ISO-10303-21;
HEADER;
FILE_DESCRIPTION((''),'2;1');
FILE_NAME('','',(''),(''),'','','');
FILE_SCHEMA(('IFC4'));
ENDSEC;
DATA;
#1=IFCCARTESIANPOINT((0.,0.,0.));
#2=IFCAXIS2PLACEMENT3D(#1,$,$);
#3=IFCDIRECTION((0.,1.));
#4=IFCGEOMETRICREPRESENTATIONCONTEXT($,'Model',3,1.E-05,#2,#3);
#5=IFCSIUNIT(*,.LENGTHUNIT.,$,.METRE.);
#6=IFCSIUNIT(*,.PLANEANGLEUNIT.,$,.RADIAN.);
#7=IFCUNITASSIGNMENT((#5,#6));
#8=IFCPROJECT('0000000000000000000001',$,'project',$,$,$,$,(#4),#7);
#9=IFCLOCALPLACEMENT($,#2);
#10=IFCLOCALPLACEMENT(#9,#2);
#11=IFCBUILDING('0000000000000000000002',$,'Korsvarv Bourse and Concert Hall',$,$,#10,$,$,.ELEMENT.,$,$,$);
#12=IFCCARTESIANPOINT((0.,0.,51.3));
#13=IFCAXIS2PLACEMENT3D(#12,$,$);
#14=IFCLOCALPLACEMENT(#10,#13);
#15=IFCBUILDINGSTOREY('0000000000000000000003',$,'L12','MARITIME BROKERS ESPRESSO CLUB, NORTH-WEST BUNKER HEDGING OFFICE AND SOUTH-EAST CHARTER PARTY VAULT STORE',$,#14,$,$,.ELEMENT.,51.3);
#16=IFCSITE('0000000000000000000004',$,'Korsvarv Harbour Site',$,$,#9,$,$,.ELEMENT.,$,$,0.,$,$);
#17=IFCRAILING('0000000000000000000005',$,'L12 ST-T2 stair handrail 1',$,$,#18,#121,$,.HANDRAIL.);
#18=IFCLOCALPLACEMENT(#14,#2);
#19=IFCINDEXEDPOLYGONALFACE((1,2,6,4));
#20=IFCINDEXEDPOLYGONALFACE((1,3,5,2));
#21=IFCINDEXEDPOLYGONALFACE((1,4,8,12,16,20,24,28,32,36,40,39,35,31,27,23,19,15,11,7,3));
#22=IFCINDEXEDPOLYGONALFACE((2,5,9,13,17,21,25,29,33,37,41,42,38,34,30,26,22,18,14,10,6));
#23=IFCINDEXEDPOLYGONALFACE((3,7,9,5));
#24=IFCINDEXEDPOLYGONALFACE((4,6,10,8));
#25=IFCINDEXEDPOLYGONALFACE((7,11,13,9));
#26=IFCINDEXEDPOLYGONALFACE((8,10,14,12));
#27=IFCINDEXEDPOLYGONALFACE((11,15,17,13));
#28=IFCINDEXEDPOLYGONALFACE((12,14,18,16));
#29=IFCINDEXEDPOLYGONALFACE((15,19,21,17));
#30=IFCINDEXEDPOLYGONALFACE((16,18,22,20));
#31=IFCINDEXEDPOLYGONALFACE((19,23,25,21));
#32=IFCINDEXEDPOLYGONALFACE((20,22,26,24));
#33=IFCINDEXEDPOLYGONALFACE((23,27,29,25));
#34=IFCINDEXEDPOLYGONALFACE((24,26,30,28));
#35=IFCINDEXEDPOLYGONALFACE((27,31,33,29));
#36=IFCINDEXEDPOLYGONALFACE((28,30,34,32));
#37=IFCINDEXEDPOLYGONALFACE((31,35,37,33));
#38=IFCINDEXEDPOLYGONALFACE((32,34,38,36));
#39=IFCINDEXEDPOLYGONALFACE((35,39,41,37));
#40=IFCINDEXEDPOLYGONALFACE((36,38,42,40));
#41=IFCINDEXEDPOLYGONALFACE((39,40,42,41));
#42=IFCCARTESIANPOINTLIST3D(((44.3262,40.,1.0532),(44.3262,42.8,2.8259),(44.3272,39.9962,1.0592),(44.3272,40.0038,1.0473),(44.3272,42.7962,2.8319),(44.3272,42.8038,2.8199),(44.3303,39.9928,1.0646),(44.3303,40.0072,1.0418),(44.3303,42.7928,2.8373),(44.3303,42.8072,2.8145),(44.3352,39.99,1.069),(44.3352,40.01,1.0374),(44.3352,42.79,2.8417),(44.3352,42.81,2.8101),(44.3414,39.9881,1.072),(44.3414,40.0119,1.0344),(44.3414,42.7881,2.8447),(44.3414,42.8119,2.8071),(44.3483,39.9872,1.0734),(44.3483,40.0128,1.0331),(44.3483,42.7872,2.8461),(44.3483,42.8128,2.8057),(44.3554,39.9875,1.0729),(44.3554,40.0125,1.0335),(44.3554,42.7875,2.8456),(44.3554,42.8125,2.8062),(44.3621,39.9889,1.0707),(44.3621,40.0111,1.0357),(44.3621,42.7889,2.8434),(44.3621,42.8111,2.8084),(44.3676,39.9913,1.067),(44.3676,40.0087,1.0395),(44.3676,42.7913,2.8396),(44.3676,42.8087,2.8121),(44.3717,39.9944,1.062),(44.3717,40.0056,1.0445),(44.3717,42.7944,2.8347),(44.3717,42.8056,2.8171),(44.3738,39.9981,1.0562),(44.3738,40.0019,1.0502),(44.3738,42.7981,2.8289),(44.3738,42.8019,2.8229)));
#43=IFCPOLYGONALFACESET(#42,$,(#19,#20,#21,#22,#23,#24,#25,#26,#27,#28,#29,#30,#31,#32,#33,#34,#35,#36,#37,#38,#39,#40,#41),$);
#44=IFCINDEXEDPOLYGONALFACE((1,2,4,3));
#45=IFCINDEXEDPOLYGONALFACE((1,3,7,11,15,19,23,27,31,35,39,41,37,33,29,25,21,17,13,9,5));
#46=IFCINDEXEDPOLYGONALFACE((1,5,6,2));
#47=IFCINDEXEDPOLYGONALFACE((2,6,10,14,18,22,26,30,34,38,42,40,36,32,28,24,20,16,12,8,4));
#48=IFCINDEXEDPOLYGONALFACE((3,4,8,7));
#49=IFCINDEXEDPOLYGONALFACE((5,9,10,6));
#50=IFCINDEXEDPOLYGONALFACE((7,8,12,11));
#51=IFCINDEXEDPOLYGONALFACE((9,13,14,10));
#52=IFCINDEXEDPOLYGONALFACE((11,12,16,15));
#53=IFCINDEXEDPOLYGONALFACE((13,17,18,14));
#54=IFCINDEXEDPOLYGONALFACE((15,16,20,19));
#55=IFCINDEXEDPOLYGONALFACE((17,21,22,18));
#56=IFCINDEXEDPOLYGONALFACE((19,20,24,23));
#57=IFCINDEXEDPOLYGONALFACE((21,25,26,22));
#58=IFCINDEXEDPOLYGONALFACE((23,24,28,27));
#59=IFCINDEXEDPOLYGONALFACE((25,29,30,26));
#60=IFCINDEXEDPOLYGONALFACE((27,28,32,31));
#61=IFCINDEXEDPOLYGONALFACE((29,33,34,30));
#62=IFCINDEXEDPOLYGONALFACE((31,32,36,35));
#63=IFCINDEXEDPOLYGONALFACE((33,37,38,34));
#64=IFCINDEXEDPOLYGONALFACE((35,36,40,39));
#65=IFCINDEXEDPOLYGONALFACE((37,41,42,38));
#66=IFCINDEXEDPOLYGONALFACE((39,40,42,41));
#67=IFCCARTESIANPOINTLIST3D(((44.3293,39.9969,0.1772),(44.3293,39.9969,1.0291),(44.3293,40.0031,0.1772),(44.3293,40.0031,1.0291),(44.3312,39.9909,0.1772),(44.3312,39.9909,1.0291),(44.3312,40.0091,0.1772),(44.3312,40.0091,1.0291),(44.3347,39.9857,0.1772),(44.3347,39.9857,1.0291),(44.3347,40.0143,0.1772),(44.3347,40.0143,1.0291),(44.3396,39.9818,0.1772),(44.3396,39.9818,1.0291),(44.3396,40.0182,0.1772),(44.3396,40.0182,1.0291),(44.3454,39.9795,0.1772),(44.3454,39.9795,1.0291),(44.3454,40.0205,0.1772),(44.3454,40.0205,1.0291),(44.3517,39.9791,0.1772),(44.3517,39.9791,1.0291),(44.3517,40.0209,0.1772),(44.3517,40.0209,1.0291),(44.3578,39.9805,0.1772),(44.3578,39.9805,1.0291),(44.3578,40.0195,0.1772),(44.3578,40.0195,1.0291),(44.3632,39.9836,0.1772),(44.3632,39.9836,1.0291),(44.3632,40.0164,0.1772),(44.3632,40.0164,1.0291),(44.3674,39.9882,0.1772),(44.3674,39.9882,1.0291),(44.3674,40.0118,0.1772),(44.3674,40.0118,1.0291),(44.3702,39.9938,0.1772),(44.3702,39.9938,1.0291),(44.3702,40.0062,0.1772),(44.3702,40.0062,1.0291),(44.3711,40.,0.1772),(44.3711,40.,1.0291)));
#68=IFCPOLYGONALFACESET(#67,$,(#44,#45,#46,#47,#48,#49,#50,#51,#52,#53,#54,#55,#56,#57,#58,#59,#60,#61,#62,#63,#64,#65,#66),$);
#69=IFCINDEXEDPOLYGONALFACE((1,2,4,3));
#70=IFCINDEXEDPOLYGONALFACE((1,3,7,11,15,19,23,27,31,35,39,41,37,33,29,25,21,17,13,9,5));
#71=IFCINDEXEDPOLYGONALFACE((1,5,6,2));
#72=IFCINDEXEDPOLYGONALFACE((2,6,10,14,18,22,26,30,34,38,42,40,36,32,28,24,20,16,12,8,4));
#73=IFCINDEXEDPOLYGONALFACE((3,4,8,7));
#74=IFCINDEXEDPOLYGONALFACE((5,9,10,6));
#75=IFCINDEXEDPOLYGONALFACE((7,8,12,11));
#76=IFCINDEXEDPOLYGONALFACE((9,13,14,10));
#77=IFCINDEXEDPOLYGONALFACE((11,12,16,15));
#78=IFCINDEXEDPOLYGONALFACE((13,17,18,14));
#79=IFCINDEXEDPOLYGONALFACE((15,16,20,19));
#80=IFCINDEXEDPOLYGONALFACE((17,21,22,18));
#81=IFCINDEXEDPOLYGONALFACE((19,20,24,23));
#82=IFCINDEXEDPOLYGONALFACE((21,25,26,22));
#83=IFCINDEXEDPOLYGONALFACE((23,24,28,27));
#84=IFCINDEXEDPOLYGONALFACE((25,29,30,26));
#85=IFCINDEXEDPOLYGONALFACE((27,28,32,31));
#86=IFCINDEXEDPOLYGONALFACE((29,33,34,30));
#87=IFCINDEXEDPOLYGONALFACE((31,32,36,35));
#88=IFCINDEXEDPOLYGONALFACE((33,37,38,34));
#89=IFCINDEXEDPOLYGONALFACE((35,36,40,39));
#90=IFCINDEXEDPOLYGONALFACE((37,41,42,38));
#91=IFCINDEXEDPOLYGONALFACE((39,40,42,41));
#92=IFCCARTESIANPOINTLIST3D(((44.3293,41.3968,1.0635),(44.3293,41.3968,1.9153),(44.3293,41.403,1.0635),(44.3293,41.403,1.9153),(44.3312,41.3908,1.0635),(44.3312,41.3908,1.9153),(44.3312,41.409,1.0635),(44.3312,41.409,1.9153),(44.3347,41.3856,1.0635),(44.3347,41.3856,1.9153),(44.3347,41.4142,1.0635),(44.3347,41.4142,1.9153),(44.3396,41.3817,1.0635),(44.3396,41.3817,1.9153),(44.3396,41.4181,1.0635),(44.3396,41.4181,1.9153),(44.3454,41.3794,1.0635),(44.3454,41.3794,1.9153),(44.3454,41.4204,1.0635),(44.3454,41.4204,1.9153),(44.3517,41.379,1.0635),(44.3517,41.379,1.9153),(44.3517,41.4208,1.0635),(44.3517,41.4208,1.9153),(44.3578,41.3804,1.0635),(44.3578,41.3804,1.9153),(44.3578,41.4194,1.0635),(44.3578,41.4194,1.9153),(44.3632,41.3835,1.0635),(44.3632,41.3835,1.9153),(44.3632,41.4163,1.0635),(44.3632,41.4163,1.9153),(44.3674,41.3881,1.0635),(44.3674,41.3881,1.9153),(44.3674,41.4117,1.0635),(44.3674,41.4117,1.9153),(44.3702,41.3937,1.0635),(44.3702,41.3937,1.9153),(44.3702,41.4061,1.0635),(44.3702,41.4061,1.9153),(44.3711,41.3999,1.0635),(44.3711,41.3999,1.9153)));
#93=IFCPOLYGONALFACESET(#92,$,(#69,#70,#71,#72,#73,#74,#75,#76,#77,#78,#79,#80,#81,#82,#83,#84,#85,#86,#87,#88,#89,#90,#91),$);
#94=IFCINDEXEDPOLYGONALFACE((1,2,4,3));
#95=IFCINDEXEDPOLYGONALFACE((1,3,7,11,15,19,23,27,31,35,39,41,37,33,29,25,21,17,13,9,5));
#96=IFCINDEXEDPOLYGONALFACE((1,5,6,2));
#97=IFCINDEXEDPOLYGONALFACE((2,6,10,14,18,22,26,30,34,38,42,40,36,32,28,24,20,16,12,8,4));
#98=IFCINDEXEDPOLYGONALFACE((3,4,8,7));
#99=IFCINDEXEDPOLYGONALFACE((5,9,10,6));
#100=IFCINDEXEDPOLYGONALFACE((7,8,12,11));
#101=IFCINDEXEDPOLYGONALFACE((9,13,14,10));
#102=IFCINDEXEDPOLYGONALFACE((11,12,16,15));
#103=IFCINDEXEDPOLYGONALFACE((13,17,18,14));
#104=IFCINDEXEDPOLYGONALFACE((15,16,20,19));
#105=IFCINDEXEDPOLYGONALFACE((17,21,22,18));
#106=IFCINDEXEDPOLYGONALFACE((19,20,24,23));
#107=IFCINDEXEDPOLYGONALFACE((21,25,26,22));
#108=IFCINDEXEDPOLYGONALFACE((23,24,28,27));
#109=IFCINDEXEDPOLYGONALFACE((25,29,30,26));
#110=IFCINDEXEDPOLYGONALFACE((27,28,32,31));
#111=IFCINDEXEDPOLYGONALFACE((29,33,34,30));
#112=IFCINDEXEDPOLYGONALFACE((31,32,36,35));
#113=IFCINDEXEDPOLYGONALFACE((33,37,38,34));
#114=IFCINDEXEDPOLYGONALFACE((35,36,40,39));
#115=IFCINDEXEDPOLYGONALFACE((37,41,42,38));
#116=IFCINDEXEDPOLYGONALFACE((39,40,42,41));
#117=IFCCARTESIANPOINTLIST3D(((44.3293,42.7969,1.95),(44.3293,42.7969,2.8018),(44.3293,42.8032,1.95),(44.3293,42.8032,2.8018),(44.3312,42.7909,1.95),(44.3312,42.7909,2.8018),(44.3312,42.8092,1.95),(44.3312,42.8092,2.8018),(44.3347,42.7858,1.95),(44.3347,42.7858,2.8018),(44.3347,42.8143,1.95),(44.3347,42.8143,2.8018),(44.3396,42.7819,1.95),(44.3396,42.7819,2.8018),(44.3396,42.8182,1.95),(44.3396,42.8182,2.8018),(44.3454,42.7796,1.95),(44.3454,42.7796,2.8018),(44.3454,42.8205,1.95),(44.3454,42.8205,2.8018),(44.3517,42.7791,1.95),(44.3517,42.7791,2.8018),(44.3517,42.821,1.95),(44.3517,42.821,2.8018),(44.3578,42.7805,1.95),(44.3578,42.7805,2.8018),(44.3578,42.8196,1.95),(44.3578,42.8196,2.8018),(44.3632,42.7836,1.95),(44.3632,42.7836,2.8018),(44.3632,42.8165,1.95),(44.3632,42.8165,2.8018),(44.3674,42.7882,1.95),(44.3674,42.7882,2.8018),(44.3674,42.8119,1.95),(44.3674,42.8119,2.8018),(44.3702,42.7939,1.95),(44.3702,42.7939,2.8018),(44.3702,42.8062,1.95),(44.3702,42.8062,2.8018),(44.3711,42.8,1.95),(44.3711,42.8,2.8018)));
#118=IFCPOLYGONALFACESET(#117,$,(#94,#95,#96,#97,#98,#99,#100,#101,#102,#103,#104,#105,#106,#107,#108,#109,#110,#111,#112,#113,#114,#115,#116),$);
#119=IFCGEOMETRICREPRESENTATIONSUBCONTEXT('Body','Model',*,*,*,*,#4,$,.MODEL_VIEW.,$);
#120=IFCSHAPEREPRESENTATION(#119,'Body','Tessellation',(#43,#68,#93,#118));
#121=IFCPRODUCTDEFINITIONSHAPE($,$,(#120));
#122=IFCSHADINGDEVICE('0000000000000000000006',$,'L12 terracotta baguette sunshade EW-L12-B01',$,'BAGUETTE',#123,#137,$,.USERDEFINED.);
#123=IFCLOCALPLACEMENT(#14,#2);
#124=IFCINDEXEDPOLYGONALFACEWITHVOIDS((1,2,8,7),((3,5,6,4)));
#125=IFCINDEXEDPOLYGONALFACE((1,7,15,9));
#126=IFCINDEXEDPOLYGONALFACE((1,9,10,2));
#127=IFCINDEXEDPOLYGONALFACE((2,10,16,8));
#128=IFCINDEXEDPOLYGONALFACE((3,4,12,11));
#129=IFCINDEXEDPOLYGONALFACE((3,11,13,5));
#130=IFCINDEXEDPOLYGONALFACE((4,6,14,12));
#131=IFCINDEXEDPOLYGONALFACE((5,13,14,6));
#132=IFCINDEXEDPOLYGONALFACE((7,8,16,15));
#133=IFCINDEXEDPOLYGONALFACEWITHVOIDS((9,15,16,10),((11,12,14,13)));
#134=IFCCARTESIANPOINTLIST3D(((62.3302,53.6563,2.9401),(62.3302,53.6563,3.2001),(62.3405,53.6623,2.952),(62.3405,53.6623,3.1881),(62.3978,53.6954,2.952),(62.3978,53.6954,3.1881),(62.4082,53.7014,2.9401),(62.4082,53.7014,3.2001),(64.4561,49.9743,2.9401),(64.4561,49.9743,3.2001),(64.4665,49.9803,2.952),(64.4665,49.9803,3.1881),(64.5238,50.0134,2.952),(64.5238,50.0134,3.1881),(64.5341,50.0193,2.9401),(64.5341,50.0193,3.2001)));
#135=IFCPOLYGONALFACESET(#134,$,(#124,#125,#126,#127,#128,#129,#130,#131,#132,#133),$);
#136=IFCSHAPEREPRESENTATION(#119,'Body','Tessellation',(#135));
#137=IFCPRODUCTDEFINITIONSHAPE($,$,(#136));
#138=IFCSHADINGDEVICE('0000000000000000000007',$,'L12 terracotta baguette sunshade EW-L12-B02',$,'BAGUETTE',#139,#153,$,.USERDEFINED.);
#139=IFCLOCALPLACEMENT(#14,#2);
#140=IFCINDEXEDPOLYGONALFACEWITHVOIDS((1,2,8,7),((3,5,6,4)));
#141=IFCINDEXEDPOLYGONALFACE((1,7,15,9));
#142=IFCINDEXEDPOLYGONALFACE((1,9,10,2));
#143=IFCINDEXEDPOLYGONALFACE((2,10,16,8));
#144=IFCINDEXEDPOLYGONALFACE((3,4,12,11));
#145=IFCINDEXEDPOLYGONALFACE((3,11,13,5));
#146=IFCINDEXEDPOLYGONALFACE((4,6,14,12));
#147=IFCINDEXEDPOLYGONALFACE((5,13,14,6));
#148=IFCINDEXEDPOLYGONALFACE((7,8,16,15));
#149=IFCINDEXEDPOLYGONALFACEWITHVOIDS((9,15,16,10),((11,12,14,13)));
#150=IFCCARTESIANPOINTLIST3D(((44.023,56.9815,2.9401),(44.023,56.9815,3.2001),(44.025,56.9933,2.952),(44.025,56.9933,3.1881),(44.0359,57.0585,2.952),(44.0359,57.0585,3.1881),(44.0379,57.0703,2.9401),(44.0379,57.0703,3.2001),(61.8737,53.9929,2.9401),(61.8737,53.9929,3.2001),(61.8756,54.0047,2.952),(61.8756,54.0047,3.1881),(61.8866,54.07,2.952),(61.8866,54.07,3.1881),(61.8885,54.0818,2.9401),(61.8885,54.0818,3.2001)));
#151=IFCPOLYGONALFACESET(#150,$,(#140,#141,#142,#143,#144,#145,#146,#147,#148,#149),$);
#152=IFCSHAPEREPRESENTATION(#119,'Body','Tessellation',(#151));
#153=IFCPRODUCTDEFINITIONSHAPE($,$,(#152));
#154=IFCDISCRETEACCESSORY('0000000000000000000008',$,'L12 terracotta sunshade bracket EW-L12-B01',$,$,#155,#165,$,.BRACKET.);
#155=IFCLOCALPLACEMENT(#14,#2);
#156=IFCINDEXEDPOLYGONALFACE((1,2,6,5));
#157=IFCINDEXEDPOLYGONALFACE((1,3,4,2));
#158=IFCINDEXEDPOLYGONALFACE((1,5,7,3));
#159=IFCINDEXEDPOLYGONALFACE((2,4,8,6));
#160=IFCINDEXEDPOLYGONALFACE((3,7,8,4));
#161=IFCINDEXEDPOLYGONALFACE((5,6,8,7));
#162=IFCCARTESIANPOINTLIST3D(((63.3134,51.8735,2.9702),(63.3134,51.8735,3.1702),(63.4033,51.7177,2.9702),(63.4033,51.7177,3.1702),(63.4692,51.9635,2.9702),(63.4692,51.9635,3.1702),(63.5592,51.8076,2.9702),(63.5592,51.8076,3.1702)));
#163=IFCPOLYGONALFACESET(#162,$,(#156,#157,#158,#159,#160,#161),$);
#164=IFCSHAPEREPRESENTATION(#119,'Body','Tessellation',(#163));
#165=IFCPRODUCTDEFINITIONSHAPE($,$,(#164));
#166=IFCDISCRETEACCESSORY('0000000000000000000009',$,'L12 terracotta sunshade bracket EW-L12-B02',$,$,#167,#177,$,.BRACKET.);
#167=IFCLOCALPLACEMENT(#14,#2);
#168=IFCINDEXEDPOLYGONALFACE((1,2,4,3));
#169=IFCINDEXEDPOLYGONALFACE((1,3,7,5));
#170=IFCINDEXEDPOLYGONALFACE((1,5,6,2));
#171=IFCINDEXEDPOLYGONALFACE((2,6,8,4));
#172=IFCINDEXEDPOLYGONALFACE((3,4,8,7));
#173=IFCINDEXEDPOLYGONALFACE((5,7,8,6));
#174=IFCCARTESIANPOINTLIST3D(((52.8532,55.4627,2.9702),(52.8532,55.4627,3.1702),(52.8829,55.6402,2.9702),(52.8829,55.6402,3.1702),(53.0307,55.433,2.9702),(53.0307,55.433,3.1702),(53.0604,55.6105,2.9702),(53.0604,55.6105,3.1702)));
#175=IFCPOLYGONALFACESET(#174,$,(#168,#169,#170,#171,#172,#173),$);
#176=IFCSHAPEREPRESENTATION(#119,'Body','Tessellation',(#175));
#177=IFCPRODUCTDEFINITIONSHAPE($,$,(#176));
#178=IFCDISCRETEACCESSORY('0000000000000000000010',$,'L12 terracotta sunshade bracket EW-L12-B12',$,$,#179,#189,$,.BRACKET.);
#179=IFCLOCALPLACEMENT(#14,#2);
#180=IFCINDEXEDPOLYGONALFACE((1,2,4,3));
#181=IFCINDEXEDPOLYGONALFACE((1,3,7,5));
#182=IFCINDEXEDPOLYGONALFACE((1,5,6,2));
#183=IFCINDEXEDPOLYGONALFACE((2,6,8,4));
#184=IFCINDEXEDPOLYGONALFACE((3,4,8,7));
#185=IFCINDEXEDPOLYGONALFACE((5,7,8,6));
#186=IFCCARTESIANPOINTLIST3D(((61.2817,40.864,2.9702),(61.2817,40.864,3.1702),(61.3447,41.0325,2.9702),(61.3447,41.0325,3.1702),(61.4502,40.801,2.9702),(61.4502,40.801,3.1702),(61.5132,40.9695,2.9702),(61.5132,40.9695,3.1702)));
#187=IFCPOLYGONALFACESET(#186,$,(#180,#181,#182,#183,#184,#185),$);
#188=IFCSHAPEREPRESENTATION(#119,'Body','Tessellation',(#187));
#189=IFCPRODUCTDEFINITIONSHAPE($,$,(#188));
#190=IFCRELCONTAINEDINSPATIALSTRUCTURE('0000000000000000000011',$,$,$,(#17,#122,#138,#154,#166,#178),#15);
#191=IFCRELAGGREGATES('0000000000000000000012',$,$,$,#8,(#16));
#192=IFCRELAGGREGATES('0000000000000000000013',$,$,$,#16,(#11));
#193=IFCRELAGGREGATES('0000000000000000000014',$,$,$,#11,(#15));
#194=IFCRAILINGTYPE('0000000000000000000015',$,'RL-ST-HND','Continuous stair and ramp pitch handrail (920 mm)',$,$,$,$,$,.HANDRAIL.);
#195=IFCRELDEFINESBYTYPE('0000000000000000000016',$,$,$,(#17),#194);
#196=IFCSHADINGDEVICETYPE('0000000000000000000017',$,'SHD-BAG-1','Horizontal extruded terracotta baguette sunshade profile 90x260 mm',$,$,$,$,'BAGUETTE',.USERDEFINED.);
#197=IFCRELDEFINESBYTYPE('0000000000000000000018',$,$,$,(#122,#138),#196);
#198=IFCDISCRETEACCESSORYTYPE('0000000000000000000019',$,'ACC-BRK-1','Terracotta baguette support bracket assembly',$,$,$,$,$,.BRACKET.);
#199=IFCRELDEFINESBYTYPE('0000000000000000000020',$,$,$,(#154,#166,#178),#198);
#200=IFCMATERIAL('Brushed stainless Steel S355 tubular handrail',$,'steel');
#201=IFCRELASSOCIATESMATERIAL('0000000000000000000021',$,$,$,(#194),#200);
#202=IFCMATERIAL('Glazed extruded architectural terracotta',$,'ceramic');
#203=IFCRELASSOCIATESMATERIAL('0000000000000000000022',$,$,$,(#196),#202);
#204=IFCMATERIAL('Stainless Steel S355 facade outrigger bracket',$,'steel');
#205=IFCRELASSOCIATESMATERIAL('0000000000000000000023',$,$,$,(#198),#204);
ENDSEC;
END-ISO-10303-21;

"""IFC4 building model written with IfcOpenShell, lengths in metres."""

from ifc_helpers import new_model, si_unit, direction, frame, origin, origin_2d, place, context, subcontext, project, spatial, rectangle, hollow_rectangle, circle, extrude, source, transform, mapped, material, material_profile, profile_set, type_object, element, save


model = new_model("IFC4")

# Units and contexts
model_context = context("Model", 3, precision=1e-05, world=origin(), true_north=direction((0.0, 1.0)))
body_context = subcontext(model_context, "Body", "Model", "MODEL_VIEW")
ifc_project = project(units=[si_unit("LENGTHUNIT", "METRE"), si_unit("PLANEANGLEUNIT", "RADIAN")], contexts=[model_context])

# Site, building, storey
site_placement = place(None, origin())
site = spatial("IfcSite", under=ifc_project, at=site_placement, Name="Korsvarv Harbour Site", CompositionType="ELEMENT", RefElevation=0.0)
building_placement = place(site_placement, origin())
building = spatial("IfcBuilding", under=site, at=building_placement, Name="Korsvarv Bourse and Concert Hall", CompositionType="ELEMENT")
storey_placement = place(building_placement, frame((0.0, 0.0, 51.3)))
storey = spatial("IfcBuildingStorey", under=building, at=storey_placement, Name="L12", Description="MARITIME BROKERS ESPRESSO CLUB, NORTH-WEST BUNKER HEDGING OFFICE AND SOUTH-EAST CHARTER PARTY VAULT STORE", CompositionType="ELEMENT", Elevation=51.3)

# Railing
ifc_material_1 = material(Name="Brushed stainless Steel S355 tubular handrail", Category="steel")
railing_type_1 = type_object("IfcRailingType", Name="RL-ST-HND", Description="Continuous stair and ramp pitch handrail (920 mm)", PredefinedType="HANDRAIL", material=ifc_material_1)
railing_1_placement = place(storey_placement, frame((44.3501, 40.0, 0.1772)))
element("IfcRailing", 1, at=railing_1_placement, inside=storey, type_object=railing_type_1, Name="L12 ST-T2 stair handrail 1", PredefinedType="HANDRAIL", context=body_context, shape_type="SweptSolid", body=[
    extrude(circle(Radius=0.0239, at=origin_2d()), frame((0.0, 0.0, 0.876), z_axis=(0.0, 0.844909, 0.53491), x_axis=(-1.0, 0.0, 0.0)), (0.0, 0.0, 1.0), 3.314),
    extrude(circle(Radius=0.021, at=origin_2d()), origin(), (0.0, 0.0, 1.0), 0.8518),
    extrude(circle(Radius=0.021, at=origin_2d()), frame((0.0, 1.3999, 0.8862)), (0.0, 0.0, 1.0), 0.8518),
    extrude(circle(Radius=0.021, at=origin_2d()), frame((0.0, 2.8, 1.7727)), (0.0, 0.0, 1.0), 0.8518),
])

# Shading devices
ifc_material_2 = material(Name="Glazed extruded architectural terracotta", Category="ceramic")
ifc_material_profile_1 = material_profile(ifc_material_2, hollow_rectangle(XDim=0.0901, YDim=0.26, WallThickness=0.012, at=origin_2d()), Name="TC-BAG 90x260")
ifc_profile_set_1 = profile_set([ifc_material_profile_1], Name="Glazed extruded architectural terracotta")
shading_device_type = type_object("IfcShadingDeviceType", Name="SHD-BAG-1", Description="Horizontal extruded terracotta baguette sunshade profile 90x260 mm", ElementType="BAGUETTE", PredefinedType="USERDEFINED", material=ifc_profile_set_1)
shared_shape_1 = source(origin(), body_context, "Body", "SweptSolid", [
    extrude(hollow_rectangle(XDim=0.0901, YDim=0.26, WallThickness=0.012, at=origin_2d()), origin(), (0.0, 0.0, 1.0), 4.2517),
])
shading_device_1_placement = place(storey_placement, frame((64.4951, 49.9968, 3.0701), z_axis=(-0.500017, 0.866015, 0.0), x_axis=(-0.866015, -0.500017, 0.0)))
element("IfcShadingDevice", 2, at=shading_device_1_placement, inside=storey, type_object=shading_device_type, Name="L12 terracotta baguette sunshade EW-L12-B01", ObjectType="BAGUETTE", PredefinedType="USERDEFINED", context=body_context, shape_type="MappedRepresentation", body=[
    mapped(shared_shape_1, transform((0.0, 0.0, 0.0), scale=1.0)),
])
shared_shape_2 = source(origin(), body_context, "Body", "SweptSolid", [
    extrude(hollow_rectangle(XDim=0.0901, YDim=0.26, WallThickness=0.012, at=origin_2d()), origin(), (0.0, 0.0, 1.0), 18.0991),
])
shading_device_2_placement = place(storey_placement, frame((61.8811, 54.0374, 3.0701), z_axis=(-0.986273, 0.165121, 0.0), x_axis=(-0.165121, -0.986273, 0.0)))
element("IfcShadingDevice", 3, at=shading_device_2_placement, inside=storey, type_object=shading_device_type, Name="L12 terracotta baguette sunshade EW-L12-B02", ObjectType="BAGUETTE", PredefinedType="USERDEFINED", context=body_context, shape_type="MappedRepresentation", body=[
    mapped(shared_shape_2, transform((0.0, 0.0, 0.0), scale=1.0)),
])

# Discrete accessories
ifc_material_3 = material(Name="Stainless Steel S355 facade outrigger bracket", Category="steel")
discrete_accessory_type = type_object("IfcDiscreteAccessoryType", Name="ACC-BRK-1", Description="Terracotta baguette support bracket assembly", PredefinedType="BRACKET", material=ifc_material_3)
shared_shape_3 = source(origin(), body_context, "Body", "SweptSolid", [
    extrude(rectangle(XDim=0.1799, YDim=0.1799, at=origin_2d()), origin(), (0.0, 0.0, 1.0), 0.2),
])
for number, where, z_axis, x_axis, name in (
    (4, (63.4363, 51.8406, 2.9702), (0.0, 0.0, 1.0), (-0.5, 0.866025, 0.0), "L12 terracotta sunshade bracket EW-L12-B01"),
    (5, (52.9568, 55.5366, 2.9702), (0.0, 0.0, 1.0), (-0.986286, 0.165048, 0.0), "L12 terracotta sunshade bracket EW-L12-B02"),
    (6, (61.3975, 40.9167, 2.9702), (0.0, 0.0, 1.0), (0.350207, 0.936672, 0.0), "L12 terracotta sunshade bracket EW-L12-B12"),
):
    element("IfcDiscreteAccessory", number, at=place(storey_placement, frame(where, z_axis=z_axis, x_axis=x_axis)), inside=storey, type_object=discrete_accessory_type, Name=name, PredefinedType="BRACKET", context=body_context, shape_type="MappedRepresentation", body=[
        mapped(shared_shape_3, transform((0.0, 0.0, 0.0), scale=1.0)),
    ])

save(model, "model.ifc")
